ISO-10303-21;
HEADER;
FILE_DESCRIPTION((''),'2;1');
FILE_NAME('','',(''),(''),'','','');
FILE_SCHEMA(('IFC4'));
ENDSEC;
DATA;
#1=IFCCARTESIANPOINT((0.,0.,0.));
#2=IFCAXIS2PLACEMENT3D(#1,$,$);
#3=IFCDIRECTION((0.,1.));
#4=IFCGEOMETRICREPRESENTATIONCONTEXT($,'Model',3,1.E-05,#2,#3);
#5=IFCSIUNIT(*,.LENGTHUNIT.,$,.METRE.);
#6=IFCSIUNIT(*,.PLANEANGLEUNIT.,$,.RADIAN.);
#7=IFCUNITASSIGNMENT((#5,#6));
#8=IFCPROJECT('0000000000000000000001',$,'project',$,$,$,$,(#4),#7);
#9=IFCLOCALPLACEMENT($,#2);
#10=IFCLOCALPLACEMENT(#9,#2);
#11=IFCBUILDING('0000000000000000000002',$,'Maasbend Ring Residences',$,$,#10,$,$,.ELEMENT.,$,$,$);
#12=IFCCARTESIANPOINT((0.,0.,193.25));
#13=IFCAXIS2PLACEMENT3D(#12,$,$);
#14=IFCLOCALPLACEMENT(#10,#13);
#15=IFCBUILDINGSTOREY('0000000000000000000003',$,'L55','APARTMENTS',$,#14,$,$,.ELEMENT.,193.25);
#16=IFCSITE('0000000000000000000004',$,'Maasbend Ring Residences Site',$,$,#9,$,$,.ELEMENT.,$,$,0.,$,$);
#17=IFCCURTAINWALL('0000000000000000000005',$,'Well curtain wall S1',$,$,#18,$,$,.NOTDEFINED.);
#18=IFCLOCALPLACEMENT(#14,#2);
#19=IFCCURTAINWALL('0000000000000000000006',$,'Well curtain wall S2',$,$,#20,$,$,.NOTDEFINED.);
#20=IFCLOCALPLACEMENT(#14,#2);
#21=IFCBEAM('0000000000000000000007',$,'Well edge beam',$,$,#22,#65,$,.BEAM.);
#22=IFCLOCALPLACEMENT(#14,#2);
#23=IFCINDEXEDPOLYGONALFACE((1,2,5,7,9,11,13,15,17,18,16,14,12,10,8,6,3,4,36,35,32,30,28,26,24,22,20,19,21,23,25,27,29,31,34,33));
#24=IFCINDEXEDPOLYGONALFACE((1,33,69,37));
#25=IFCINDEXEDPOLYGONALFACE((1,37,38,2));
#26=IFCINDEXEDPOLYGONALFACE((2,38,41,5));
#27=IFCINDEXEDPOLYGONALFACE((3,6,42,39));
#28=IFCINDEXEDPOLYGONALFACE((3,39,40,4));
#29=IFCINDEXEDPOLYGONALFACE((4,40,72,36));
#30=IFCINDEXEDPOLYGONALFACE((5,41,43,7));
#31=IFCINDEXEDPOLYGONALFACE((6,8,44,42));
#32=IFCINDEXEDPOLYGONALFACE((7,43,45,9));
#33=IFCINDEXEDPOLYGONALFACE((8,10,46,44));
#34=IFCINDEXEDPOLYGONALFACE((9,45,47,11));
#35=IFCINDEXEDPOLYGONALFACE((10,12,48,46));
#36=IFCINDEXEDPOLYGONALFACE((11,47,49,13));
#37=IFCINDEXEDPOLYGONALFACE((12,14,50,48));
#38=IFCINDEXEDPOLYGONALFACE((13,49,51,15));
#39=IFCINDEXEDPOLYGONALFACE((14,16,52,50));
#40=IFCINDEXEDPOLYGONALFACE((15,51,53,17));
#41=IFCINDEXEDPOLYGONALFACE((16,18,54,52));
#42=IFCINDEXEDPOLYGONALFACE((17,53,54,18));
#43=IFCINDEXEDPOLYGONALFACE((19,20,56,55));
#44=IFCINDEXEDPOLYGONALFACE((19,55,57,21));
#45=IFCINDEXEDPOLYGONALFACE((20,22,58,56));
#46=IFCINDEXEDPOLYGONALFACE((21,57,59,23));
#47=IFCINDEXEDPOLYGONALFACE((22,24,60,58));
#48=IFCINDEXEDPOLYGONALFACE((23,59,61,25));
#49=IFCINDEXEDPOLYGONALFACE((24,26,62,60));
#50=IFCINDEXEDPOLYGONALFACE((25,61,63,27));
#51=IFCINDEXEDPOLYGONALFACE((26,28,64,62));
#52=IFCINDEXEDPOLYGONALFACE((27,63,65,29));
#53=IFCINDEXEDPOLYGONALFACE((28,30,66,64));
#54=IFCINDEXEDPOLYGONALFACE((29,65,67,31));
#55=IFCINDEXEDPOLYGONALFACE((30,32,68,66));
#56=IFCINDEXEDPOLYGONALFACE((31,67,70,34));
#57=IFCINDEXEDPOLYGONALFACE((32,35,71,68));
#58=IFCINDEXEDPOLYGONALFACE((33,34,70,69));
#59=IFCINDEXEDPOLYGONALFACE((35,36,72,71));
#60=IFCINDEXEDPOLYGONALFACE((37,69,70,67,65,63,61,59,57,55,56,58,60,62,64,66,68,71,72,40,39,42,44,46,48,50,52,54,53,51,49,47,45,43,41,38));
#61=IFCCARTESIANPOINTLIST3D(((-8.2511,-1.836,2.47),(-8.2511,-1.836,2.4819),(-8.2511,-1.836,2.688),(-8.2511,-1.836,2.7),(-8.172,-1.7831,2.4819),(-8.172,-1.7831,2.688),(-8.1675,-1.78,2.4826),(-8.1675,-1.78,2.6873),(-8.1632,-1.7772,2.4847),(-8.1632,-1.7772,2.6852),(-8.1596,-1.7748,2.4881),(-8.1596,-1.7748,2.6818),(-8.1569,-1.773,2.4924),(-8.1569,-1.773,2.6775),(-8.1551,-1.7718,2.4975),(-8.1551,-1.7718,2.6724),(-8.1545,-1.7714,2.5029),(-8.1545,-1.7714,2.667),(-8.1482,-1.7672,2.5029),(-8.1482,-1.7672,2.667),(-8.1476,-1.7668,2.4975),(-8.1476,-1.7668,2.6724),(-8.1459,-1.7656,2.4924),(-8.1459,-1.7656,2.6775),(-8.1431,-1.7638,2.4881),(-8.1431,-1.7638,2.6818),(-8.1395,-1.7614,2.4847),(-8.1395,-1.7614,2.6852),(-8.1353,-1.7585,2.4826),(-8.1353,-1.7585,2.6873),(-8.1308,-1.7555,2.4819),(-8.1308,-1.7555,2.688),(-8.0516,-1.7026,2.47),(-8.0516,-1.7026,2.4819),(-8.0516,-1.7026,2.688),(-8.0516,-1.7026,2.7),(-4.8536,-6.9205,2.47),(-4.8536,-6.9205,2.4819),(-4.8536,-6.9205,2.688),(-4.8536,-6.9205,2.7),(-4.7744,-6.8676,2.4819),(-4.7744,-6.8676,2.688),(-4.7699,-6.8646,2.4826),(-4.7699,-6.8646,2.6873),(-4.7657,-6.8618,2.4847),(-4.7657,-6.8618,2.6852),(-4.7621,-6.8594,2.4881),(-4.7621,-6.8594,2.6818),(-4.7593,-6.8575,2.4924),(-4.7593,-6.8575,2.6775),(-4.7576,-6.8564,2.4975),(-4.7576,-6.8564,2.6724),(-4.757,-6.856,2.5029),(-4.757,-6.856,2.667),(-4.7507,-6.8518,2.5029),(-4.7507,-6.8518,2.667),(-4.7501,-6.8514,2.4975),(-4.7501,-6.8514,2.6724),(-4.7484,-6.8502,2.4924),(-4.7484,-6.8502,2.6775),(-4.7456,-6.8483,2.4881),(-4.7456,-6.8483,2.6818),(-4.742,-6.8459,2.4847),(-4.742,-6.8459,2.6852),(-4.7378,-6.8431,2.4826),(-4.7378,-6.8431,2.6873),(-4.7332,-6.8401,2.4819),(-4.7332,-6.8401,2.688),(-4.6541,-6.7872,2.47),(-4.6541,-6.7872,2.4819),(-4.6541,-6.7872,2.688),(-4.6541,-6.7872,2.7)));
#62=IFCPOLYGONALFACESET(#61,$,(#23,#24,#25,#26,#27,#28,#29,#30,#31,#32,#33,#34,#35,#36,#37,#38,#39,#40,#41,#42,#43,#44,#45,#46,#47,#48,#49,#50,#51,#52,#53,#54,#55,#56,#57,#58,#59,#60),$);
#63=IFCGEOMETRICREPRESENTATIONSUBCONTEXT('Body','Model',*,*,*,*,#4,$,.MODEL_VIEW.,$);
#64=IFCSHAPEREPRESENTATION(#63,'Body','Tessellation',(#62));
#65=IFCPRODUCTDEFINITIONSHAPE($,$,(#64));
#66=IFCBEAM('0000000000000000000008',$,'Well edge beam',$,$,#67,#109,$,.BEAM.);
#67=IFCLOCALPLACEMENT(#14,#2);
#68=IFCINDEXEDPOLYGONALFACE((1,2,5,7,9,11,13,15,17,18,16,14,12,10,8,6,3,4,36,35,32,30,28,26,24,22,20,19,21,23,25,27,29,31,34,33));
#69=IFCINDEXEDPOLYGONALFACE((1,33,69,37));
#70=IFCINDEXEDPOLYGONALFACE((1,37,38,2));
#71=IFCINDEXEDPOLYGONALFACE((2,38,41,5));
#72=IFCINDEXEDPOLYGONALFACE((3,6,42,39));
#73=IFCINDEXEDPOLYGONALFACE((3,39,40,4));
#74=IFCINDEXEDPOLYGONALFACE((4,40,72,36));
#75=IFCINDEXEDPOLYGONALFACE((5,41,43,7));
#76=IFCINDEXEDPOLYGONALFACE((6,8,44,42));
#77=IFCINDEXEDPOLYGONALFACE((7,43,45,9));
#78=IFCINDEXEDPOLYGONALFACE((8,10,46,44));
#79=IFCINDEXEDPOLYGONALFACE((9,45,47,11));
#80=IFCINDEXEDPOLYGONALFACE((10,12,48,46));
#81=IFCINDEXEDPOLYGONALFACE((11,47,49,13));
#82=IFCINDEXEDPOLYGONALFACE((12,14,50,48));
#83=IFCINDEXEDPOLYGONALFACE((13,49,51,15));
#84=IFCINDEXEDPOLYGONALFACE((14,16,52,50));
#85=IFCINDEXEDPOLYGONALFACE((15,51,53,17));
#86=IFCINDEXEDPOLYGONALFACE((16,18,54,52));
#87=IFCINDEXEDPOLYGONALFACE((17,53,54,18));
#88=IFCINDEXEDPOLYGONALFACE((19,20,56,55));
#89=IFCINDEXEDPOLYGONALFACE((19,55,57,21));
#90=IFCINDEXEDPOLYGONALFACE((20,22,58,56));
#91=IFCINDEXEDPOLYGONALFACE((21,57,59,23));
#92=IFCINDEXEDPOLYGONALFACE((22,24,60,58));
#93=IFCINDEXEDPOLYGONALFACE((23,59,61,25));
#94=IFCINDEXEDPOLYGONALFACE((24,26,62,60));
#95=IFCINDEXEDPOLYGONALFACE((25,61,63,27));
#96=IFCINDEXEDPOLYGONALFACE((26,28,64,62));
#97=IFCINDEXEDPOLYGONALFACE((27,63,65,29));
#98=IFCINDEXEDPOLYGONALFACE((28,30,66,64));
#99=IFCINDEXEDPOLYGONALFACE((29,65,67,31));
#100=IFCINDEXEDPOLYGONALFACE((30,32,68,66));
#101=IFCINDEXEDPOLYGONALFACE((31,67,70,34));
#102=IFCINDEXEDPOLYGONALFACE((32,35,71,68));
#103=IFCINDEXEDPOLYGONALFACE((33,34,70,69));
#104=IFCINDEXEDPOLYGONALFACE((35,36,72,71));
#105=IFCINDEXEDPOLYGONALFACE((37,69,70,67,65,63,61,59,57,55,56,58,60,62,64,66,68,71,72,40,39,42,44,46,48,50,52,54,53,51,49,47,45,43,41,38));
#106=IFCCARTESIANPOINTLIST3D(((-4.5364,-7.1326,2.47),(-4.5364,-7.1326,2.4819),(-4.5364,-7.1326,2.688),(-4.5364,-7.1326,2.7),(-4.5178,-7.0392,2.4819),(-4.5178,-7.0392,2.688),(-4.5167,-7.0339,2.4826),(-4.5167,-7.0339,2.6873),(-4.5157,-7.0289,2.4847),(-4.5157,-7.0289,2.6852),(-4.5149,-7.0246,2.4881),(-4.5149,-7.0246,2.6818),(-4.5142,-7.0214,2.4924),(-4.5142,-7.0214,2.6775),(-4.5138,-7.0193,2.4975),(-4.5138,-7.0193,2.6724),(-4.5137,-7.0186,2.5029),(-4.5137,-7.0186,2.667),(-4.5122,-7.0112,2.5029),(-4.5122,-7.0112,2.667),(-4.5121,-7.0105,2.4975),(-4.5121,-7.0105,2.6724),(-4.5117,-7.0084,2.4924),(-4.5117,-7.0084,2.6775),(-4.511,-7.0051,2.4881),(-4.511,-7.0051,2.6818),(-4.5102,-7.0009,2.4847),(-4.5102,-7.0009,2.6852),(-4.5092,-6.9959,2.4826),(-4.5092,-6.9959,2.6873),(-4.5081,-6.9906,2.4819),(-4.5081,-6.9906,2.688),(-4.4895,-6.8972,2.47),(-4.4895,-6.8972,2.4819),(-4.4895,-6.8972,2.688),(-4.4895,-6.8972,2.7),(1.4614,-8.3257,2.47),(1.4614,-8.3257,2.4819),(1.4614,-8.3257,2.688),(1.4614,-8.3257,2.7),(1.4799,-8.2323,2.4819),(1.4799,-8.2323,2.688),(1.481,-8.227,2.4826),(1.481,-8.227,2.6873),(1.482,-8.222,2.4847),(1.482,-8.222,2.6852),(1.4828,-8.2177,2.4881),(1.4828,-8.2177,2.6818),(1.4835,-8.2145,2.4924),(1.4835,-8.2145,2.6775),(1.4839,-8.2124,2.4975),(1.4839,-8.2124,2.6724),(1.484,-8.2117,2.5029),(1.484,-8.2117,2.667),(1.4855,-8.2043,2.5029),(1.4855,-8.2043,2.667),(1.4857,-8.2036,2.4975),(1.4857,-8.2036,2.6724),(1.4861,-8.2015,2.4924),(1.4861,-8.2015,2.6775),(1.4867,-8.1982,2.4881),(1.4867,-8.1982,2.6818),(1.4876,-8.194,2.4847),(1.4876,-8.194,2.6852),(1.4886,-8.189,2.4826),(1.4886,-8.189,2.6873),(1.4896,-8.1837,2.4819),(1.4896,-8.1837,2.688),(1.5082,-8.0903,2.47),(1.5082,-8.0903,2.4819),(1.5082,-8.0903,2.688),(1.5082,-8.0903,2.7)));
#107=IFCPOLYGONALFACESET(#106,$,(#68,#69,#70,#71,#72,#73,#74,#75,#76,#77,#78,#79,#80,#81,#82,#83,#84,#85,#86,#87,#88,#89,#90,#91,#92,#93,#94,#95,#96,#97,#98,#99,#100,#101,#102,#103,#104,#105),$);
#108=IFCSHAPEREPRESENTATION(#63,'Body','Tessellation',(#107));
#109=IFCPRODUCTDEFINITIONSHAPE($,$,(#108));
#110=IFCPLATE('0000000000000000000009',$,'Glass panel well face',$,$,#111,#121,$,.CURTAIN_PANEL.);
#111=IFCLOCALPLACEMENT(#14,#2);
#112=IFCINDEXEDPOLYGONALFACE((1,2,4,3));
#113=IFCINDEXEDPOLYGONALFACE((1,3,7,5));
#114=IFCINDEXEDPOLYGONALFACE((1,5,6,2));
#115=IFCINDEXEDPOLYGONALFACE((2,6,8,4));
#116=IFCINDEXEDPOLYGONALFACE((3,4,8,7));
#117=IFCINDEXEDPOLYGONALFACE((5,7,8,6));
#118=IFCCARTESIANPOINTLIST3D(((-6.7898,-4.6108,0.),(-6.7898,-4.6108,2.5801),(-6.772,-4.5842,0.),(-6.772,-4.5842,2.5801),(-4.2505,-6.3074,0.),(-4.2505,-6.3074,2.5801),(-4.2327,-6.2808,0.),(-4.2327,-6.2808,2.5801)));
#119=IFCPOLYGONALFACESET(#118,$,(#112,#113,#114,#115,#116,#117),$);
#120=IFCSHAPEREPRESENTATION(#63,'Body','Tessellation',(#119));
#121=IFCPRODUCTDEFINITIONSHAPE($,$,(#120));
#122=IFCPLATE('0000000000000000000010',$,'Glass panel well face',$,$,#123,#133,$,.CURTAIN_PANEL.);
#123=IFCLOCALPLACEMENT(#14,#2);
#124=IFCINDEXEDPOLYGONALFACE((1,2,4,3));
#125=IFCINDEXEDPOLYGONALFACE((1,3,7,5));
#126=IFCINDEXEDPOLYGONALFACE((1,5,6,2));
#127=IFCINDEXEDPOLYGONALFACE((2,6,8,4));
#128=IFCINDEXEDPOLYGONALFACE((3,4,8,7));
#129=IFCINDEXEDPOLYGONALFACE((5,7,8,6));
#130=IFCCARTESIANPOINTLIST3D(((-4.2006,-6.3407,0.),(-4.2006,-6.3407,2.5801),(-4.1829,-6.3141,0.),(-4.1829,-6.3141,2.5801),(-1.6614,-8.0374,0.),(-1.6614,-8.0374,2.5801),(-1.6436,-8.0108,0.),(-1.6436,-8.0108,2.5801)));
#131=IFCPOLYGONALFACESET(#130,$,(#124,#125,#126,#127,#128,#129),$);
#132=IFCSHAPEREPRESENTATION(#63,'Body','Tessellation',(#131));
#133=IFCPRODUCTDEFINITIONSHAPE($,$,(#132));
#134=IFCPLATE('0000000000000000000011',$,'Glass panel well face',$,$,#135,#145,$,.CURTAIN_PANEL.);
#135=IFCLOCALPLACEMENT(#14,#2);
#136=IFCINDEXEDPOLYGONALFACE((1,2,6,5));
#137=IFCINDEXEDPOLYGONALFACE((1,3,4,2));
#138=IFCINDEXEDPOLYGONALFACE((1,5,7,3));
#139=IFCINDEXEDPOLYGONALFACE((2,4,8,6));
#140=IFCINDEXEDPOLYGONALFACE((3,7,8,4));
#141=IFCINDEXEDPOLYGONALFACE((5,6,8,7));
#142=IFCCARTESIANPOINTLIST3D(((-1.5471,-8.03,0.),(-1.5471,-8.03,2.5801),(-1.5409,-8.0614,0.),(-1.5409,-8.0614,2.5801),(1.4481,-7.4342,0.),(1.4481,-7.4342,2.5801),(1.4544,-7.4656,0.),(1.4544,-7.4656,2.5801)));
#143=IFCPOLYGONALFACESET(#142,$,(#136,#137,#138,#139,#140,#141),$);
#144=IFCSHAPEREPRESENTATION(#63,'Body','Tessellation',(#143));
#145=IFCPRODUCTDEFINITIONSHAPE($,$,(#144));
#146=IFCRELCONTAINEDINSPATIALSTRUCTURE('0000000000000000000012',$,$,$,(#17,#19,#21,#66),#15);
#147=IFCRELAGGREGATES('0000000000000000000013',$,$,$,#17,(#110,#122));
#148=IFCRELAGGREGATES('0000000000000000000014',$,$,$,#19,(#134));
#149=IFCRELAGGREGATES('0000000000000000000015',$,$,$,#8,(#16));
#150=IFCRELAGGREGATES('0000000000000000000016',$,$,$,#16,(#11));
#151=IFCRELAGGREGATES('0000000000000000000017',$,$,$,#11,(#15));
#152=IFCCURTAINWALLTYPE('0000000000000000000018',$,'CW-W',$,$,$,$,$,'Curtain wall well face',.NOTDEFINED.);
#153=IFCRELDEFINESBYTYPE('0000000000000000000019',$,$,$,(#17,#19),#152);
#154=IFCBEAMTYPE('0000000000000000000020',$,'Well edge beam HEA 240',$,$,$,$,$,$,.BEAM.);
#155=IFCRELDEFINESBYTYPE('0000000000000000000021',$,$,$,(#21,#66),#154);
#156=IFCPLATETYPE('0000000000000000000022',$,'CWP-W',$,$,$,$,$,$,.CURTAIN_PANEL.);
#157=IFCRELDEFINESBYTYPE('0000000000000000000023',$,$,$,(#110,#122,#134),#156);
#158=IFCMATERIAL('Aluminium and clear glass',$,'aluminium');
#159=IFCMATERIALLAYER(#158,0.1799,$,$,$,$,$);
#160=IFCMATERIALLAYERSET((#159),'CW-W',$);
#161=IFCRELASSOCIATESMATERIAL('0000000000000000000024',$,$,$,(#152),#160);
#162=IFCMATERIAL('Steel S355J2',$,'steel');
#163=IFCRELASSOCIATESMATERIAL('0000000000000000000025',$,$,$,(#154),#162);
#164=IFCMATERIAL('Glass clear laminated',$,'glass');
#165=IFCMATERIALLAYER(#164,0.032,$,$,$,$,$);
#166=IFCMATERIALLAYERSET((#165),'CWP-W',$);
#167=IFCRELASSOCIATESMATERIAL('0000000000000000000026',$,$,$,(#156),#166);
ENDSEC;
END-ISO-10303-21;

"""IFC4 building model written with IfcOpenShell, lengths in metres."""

from ifc_helpers import new_model, si_unit, direction, frame, origin, origin_2d, place, context, subcontext, project, spatial, rectangle, i_section, extrude, material, layer, layer_set, material_profile, profile_set, type_object, element, aggregate, save


model = new_model("IFC4")

# Units and contexts
model_context = context("Model", 3, precision=1e-05, world=origin(), true_north=direction((0.0, 1.0)))
body_context = subcontext(model_context, "Body", "Model", "MODEL_VIEW")
ifc_project = project(units=[si_unit("LENGTHUNIT", "METRE"), si_unit("PLANEANGLEUNIT", "RADIAN")], contexts=[model_context])

# Site, building, storey
site_placement = place(None, origin())
site = spatial("IfcSite", under=ifc_project, at=site_placement, Name="Maasbend Ring Residences Site", CompositionType="ELEMENT", RefElevation=0.0)
building_placement = place(site_placement, origin())
building = spatial("IfcBuilding", under=site, at=building_placement, Name="Maasbend Ring Residences", CompositionType="ELEMENT")
storey_placement = place(building_placement, frame((0.0, 0.0, 193.25)))
storey = spatial("IfcBuildingStorey", under=building, at=storey_placement, Name="L55", Description="APARTMENTS", CompositionType="ELEMENT", Elevation=193.25)

# Curtain wall
ifc_material_1 = material(Name="Aluminium and clear glass", Category="aluminium")
ifc_layer_1 = layer(ifc_material_1, 0.1799)
ifc_layer_set_1 = layer_set([ifc_layer_1], Name="CW-W")
curtain_wall_type = type_object("IfcCurtainWallType", Name="CW-W", ElementType="Curtain wall well face", PredefinedType="NOTDEFINED", material=ifc_layer_set_1)
curtain_wall_1_placement = place(storey_placement, origin())
curtain_wall_1 = element("IfcCurtainWall", 1, at=curtain_wall_1_placement, inside=storey, type_object=curtain_wall_type, Name="Well curtain wall S1", PredefinedType="NOTDEFINED")

# Curtain wall
curtain_wall_2_placement = place(storey_placement, origin())
curtain_wall_2 = element("IfcCurtainWall", 2, at=curtain_wall_2_placement, inside=storey, type_object=curtain_wall_type, Name="Well curtain wall S2", PredefinedType="NOTDEFINED")

# Beams
ifc_material_2 = material(Name="Steel S355J2", Category="steel")
ifc_material_profile_1 = material_profile(ifc_material_2, i_section(OverallWidth=0.24, OverallDepth=0.23, WebThickness=0.0076, FlangeThickness=0.012, FilletRadius=0.021, at=origin_2d()), Name="HEA 240")
ifc_profile_set_1 = profile_set([ifc_material_profile_1], Name="Steel S355J2")
beam_type = type_object("IfcBeamType", Name="Well edge beam HEA 240", PredefinedType="BEAM", material=ifc_profile_set_1)
for number, where, z_axis, x_axis, name in (
    (3, (-8.1514, -1.7693, 2.585), (0.555584, -0.83146, 0.0), (0.83146, 0.555584, 0.0), "Well edge beam"),
    (4, (-4.5129, -7.0149, 2.585), (0.980783, -0.195103, 0.0), (0.195103, 0.980783, 0.0), "Well edge beam"),
):
    element("IfcBeam", number, at=place(storey_placement, frame(where, z_axis=z_axis, x_axis=x_axis)), inside=storey, type_object=beam_type, Name=name, PredefinedType="BEAM", context=body_context, shape_type="SweptSolid", body=[
        extrude(i_section(OverallWidth=0.24, OverallDepth=0.23, WebThickness=0.0076, FlangeThickness=0.012, FilletRadius=0.021, at=origin_2d()), origin(), (0.0, 0.0, 1.0), 6.1152),
    ])

# Plates
ifc_material_3 = material(Name="Glass clear laminated", Category="glass")
ifc_layer_2 = layer(ifc_material_3, 0.032)
ifc_layer_set_2 = layer_set([ifc_layer_2], Name="CWP-W")
plate_type = type_object("IfcPlateType", Name="CWP-W", PredefinedType="CURTAIN_PANEL", material=ifc_layer_set_2)
plate_1_placement = place(storey_placement, frame((-5.5112, -5.4458, 0.0), z_axis=(0.0, 0.0, 1.0), x_axis=(0.83147, -0.55557, 0.0)))
plate_1 = element("IfcPlate", 5, at=plate_1_placement, type_object=plate_type, Name="Glass panel well face", PredefinedType="CURTAIN_PANEL", context=body_context, shape_type="SweptSolid", body=[
    extrude(rectangle(XDim=3.054, YDim=0.032, at=origin_2d()), origin(), (0.0, 0.0, 1.0), 2.5801),
])
plate_2_placement = place(storey_placement, frame((-2.9221, -7.1758, 0.0), z_axis=(0.0, 0.0, 1.0), x_axis=(0.83147, -0.55557, 0.0)))
plate_2 = element("IfcPlate", 6, at=plate_2_placement, type_object=plate_type, Name="Glass panel well face", PredefinedType="CURTAIN_PANEL", context=body_context, shape_type="SweptSolid", body=[
    extrude(rectangle(XDim=3.054, YDim=0.032, at=origin_2d()), origin(), (0.0, 0.0, 1.0), 2.5801),
])
aggregate(curtain_wall_1, [plate_1, plate_2])
plate_3_placement = place(storey_placement, frame((-0.0464, -7.7478, 0.0), z_axis=(0.0, 0.0, 1.0), x_axis=(0.980785, 0.19509, 0.0)))
plate_3 = element("IfcPlate", 7, at=plate_3_placement, type_object=plate_type, Name="Glass panel well face", PredefinedType="CURTAIN_PANEL", context=body_context, shape_type="SweptSolid", body=[
    extrude(rectangle(XDim=3.054, YDim=0.032, at=origin_2d()), origin(), (0.0, 0.0, 1.0), 2.5801),
])
aggregate(curtain_wall_2, [plate_3])

save(model, "model.ifc")
